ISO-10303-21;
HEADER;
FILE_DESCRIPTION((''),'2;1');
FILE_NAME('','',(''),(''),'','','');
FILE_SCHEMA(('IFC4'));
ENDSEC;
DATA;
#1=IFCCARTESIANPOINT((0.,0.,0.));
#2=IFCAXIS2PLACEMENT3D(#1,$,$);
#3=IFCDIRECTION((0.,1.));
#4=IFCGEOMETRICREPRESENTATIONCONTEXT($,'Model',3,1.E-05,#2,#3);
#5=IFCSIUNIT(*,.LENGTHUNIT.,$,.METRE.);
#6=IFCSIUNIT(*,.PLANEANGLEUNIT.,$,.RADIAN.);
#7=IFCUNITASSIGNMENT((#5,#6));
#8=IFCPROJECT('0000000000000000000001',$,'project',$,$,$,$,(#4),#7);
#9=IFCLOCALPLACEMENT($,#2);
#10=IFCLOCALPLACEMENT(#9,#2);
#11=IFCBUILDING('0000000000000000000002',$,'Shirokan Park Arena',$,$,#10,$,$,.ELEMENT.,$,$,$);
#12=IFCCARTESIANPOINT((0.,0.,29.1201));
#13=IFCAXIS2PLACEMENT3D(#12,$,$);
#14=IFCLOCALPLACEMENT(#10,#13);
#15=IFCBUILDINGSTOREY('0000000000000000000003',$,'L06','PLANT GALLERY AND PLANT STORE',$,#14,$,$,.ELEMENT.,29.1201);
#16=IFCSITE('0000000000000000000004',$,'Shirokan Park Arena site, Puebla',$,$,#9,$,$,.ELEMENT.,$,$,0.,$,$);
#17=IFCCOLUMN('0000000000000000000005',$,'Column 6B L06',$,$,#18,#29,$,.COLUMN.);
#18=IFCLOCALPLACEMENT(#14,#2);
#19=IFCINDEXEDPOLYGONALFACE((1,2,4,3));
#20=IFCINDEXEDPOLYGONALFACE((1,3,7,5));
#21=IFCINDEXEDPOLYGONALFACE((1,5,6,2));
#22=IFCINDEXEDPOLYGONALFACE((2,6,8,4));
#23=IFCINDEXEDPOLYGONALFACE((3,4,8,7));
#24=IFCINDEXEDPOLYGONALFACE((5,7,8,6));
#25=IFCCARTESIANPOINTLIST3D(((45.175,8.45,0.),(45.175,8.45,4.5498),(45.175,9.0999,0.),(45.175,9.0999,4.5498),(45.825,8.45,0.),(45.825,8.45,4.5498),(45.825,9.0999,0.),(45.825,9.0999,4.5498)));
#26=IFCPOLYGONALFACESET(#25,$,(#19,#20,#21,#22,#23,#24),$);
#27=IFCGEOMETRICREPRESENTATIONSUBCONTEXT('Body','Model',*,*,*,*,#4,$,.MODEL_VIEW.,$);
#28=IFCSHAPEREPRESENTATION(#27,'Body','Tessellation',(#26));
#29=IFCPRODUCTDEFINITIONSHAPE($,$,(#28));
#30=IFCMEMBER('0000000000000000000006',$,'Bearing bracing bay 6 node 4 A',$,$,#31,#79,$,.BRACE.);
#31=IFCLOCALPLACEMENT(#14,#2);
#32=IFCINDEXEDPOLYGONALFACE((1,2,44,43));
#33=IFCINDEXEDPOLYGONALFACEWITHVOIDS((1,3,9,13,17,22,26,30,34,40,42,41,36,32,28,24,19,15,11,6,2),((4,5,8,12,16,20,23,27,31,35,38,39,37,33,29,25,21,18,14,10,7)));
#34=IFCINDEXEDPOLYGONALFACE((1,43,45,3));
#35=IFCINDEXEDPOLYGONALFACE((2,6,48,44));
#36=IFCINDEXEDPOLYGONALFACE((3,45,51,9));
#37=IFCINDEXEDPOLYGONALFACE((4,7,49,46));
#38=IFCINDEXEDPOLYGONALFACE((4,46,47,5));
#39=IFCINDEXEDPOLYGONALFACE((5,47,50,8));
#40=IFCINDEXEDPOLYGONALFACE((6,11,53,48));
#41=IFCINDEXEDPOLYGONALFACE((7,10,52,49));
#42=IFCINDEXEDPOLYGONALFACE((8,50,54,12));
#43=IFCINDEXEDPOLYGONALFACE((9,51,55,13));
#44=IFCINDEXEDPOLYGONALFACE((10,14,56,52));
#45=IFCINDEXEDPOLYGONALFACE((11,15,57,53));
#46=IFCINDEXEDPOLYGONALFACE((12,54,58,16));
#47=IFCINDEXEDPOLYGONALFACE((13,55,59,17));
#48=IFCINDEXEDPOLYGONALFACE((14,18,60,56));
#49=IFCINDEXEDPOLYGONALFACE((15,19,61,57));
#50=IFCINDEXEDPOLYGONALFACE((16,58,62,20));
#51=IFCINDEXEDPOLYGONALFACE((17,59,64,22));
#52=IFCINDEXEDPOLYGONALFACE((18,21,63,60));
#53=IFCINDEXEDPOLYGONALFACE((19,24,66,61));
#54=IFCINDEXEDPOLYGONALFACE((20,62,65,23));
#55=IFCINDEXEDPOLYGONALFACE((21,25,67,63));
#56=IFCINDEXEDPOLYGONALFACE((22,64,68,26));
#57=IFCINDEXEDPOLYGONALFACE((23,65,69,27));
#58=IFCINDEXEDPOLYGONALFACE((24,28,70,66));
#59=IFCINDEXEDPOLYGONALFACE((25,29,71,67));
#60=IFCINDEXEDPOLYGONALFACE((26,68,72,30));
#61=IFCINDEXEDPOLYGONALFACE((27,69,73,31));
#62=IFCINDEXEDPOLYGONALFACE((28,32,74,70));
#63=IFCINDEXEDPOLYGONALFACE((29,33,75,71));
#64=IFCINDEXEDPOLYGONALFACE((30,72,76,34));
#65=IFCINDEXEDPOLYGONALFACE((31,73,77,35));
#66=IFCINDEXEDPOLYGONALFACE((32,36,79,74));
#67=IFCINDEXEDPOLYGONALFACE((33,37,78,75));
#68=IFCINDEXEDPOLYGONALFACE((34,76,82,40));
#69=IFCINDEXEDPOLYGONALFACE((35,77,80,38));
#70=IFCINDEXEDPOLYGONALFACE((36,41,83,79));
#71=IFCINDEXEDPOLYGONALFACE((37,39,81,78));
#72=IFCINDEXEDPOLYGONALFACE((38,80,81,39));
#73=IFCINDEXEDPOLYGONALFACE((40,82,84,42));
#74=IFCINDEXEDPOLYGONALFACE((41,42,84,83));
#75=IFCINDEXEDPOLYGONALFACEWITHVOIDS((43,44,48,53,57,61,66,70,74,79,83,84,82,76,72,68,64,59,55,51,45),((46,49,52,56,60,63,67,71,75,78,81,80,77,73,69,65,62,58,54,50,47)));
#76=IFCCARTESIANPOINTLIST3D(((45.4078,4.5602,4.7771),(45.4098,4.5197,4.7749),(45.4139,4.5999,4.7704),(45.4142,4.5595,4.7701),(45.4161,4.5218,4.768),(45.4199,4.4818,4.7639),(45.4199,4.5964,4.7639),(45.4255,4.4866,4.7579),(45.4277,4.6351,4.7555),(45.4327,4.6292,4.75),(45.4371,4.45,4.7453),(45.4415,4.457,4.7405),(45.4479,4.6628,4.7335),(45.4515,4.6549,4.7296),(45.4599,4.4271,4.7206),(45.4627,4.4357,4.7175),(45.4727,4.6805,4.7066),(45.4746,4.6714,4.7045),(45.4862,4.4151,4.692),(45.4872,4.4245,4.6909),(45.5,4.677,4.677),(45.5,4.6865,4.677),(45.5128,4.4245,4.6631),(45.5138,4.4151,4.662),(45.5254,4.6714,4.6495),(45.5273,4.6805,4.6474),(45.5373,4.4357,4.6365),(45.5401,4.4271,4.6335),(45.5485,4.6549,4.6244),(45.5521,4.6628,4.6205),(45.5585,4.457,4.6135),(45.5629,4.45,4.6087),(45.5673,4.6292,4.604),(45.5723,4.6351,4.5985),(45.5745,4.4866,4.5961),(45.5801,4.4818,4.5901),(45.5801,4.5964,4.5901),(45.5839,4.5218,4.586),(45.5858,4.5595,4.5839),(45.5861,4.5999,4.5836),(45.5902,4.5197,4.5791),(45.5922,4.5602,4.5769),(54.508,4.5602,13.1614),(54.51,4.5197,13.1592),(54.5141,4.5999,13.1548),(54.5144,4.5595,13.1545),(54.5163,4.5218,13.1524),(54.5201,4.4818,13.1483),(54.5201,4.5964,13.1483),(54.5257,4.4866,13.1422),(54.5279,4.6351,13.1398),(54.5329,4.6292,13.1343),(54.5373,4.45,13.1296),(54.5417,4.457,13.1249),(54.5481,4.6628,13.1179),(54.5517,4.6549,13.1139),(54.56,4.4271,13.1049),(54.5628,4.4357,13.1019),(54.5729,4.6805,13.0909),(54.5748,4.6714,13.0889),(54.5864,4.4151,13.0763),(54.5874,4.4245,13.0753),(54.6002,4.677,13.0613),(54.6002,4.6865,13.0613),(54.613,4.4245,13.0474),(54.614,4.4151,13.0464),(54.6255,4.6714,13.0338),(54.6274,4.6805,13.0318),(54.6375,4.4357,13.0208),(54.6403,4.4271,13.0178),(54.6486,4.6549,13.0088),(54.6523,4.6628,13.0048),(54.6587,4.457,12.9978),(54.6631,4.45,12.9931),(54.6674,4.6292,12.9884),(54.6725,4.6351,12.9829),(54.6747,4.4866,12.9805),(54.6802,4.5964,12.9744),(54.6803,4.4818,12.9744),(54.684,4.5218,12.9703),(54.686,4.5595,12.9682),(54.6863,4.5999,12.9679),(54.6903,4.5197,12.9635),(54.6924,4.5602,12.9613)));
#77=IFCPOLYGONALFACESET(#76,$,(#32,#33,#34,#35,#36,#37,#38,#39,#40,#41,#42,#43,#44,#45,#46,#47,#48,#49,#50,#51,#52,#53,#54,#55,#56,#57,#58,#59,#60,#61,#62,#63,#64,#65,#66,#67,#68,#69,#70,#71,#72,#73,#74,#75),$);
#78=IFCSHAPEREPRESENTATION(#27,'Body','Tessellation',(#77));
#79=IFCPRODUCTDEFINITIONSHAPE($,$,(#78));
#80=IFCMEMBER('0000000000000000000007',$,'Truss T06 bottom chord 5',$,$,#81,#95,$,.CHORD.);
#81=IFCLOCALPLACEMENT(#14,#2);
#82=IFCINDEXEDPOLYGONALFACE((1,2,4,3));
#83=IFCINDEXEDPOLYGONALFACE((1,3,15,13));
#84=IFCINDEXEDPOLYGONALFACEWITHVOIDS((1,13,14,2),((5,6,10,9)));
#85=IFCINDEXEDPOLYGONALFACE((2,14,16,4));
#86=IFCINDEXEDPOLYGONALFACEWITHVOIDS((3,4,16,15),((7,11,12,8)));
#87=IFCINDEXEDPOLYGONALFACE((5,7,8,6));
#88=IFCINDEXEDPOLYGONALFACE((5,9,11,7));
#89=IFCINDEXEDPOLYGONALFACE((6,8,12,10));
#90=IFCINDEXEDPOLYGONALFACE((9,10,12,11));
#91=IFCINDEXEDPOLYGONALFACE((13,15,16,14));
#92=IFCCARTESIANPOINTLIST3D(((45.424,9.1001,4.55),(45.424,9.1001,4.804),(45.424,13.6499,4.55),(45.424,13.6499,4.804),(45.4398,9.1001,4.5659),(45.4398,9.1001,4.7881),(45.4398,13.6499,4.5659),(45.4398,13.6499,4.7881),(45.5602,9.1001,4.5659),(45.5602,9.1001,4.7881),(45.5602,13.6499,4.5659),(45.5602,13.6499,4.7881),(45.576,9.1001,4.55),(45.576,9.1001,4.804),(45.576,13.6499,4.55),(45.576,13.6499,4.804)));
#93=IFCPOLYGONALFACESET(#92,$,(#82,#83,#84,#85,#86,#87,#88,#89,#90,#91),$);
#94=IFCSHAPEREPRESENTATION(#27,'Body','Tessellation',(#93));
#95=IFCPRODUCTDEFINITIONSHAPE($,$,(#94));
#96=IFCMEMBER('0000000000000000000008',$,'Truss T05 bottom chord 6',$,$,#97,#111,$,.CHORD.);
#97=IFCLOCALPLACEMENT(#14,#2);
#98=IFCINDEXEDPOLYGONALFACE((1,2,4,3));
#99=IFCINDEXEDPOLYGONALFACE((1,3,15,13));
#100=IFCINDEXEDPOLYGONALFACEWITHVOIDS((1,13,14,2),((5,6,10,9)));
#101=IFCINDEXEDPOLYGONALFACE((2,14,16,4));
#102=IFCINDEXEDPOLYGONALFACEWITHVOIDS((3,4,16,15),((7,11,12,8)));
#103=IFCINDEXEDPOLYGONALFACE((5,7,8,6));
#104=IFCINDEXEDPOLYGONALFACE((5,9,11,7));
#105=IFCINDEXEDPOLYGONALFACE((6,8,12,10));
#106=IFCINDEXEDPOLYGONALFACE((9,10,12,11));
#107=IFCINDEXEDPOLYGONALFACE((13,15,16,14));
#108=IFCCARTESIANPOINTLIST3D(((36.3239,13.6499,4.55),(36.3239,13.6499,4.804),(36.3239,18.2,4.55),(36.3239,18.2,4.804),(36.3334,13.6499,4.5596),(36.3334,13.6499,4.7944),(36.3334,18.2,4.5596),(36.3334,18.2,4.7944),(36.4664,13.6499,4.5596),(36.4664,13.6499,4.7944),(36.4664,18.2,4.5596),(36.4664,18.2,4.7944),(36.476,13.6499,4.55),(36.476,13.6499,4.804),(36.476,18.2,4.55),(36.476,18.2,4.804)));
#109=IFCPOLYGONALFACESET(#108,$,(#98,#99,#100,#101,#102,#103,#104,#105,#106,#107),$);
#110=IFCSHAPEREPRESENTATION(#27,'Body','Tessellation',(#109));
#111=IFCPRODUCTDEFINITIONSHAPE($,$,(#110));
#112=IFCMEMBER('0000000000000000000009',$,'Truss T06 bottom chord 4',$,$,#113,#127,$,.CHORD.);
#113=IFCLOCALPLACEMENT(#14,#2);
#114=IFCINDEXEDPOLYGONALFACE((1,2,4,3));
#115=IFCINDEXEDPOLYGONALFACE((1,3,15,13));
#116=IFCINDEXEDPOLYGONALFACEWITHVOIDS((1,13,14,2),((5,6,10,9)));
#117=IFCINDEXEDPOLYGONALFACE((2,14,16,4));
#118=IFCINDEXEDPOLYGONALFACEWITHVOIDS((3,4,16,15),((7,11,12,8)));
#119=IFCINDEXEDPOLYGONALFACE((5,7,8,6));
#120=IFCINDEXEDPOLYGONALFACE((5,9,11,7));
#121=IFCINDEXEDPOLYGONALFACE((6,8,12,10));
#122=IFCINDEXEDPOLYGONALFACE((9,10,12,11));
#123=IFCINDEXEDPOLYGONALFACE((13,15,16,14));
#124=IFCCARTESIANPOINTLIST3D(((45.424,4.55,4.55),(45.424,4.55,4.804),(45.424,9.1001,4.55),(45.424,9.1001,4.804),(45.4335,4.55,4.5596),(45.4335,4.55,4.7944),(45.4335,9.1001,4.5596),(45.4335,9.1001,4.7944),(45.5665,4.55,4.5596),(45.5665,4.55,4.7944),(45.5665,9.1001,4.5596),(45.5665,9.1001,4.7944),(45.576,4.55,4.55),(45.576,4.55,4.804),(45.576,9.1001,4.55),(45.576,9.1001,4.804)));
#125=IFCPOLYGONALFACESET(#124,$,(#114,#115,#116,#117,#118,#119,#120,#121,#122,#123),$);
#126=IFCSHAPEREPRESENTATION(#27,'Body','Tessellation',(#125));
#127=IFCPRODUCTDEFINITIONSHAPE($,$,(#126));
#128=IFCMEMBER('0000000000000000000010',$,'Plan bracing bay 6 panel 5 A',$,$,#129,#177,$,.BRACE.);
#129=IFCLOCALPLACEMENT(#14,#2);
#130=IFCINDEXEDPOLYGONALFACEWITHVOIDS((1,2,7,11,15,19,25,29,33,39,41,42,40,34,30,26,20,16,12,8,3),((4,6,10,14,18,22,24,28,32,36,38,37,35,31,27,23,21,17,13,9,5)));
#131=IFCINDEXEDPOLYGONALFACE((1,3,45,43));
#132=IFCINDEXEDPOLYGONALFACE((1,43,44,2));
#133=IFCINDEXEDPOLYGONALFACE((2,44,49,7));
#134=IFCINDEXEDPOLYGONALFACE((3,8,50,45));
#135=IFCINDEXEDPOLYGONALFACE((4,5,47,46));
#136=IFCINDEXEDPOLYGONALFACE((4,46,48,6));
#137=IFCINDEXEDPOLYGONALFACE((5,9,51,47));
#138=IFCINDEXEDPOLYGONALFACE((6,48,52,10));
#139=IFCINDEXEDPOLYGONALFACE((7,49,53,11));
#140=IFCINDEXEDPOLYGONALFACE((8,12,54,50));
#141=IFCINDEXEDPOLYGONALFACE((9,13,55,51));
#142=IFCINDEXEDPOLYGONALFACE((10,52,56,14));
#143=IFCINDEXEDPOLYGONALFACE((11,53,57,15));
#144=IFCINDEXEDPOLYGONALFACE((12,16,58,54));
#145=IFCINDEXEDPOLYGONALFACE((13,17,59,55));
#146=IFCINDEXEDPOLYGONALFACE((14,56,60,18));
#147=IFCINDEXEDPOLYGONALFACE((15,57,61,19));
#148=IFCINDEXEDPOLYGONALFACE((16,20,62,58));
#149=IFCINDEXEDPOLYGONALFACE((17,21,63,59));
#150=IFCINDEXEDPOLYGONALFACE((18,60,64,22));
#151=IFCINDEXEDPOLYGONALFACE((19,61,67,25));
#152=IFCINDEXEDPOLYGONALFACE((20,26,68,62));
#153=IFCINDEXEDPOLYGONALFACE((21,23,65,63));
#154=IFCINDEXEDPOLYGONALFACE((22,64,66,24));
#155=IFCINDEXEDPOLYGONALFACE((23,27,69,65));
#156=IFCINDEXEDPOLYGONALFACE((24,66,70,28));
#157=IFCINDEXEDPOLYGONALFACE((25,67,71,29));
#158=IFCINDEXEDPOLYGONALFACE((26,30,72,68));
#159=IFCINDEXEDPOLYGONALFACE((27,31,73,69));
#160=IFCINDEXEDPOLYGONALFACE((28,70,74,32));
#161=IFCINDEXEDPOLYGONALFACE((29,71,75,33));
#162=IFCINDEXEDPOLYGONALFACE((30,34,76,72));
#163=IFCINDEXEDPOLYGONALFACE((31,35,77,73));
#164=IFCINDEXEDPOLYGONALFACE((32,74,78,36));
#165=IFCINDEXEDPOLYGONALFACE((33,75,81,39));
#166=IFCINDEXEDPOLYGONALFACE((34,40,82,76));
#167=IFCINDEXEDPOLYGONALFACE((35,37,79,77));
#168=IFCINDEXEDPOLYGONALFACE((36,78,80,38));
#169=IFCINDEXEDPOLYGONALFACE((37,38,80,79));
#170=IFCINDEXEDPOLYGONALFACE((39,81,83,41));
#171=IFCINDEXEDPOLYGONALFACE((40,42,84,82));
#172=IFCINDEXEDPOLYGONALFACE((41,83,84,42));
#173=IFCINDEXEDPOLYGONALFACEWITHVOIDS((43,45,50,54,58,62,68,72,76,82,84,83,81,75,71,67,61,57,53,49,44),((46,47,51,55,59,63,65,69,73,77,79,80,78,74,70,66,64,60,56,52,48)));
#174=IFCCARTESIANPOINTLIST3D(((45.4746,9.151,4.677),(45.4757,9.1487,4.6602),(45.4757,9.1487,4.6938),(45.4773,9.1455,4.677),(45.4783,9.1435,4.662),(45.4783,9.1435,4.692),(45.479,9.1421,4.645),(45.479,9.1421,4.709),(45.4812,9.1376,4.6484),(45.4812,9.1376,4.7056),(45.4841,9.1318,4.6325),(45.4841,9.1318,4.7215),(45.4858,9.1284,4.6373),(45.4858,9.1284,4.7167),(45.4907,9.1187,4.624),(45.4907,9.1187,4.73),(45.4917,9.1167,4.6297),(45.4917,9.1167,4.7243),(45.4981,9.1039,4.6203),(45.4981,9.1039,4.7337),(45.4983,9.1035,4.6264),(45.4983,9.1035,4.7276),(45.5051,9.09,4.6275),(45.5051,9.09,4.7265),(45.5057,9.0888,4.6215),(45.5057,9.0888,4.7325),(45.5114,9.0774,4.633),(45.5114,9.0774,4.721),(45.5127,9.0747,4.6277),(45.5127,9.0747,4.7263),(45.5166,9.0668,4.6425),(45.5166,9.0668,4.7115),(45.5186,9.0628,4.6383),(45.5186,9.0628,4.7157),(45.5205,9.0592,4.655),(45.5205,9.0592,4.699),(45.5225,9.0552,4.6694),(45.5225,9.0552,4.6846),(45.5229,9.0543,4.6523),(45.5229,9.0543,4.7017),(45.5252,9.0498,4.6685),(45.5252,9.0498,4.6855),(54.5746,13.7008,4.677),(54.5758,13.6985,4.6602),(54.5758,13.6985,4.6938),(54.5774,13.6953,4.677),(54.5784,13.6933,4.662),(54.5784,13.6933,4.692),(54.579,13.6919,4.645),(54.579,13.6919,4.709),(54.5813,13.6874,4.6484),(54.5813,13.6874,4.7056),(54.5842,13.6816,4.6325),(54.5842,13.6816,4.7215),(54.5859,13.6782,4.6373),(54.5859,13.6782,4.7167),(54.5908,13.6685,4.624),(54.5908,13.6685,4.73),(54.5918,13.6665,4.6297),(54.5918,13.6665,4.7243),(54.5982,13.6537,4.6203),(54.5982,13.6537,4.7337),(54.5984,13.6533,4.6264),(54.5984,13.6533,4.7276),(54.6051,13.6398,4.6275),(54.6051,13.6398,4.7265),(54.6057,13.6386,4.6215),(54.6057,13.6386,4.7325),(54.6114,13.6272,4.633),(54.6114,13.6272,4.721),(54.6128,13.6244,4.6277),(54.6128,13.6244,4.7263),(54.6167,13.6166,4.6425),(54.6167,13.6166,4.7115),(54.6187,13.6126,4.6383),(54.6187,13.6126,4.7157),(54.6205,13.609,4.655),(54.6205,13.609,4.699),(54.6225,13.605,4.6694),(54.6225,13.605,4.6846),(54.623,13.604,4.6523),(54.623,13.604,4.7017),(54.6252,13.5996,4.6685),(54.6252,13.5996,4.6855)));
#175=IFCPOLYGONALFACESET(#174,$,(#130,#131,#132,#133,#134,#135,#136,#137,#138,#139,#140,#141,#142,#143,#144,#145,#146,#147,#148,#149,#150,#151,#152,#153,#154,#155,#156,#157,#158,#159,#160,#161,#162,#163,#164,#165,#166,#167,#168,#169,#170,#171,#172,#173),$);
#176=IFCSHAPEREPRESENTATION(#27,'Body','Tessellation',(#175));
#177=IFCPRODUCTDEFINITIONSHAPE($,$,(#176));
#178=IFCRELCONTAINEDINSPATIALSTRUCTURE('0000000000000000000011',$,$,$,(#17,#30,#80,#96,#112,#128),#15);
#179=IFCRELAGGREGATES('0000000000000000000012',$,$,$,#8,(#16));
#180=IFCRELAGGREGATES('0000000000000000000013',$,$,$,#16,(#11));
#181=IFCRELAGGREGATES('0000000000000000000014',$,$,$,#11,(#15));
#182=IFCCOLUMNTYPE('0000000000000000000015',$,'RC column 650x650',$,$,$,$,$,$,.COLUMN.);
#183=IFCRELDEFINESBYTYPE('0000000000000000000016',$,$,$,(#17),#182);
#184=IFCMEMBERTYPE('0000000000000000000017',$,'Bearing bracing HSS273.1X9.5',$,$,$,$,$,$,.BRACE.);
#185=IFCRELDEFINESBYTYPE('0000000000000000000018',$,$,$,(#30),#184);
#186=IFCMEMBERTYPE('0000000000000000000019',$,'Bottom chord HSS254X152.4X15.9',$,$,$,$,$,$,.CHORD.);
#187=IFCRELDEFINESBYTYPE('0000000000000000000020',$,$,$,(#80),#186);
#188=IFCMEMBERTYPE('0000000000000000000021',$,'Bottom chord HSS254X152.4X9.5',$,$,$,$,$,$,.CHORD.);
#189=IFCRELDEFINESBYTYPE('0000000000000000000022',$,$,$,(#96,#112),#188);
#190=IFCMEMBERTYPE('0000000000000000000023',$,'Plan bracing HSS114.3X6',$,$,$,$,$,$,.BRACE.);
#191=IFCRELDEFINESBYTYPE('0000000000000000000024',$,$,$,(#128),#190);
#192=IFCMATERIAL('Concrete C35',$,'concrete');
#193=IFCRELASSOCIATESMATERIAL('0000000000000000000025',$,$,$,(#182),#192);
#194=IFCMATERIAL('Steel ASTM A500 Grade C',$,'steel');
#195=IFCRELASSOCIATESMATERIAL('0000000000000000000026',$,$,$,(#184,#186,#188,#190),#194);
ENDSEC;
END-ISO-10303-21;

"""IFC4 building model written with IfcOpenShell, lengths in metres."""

from ifc_helpers import new_model, si_unit, direction, frame, origin, origin_2d, place, context, subcontext, project, spatial, rectangle, hollow_rectangle, hollow_circle, extrude, material, material_profile, profile_set, type_object, element, save


model = new_model("IFC4")

# Units and contexts
model_context = context("Model", 3, precision=1e-05, world=origin(), true_north=direction((0.0, 1.0)))
body_context = subcontext(model_context, "Body", "Model", "MODEL_VIEW")
ifc_project = project(units=[si_unit("LENGTHUNIT", "METRE"), si_unit("PLANEANGLEUNIT", "RADIAN")], contexts=[model_context])

# Site, building, storey
site_placement = place(None, origin())
site = spatial("IfcSite", under=ifc_project, at=site_placement, Name="Shirokan Park Arena site, Puebla", CompositionType="ELEMENT", RefElevation=0.0)
building_placement = place(site_placement, origin())
building = spatial("IfcBuilding", under=site, at=building_placement, Name="Shirokan Park Arena", CompositionType="ELEMENT")
storey_placement = place(building_placement, frame((0.0, 0.0, 29.1201)))
storey = spatial("IfcBuildingStorey", under=building, at=storey_placement, Name="L06", Description="PLANT GALLERY AND PLANT STORE", CompositionType="ELEMENT", Elevation=29.1201)

# Column
ifc_material_1 = material(Name="Concrete C35", Category="concrete")
ifc_material_profile_1 = material_profile(ifc_material_1, rectangle(XDim=0.6499, YDim=0.6499, at=origin_2d()), Name="650x650")
ifc_profile_set_1 = profile_set([ifc_material_profile_1], Name="Concrete C35")
column_type = type_object("IfcColumnType", Name="RC column 650x650", PredefinedType="COLUMN", material=ifc_profile_set_1)
column_placement = place(storey_placement, frame((45.5, 8.7749, 0.0), z_axis=(0.0, 0.0, 1.0), x_axis=(1.0, 0.0, 0.0)))
element("IfcColumn", 1, at=column_placement, inside=storey, type_object=column_type, Name="Column 6B L06", PredefinedType="COLUMN", context=body_context, shape_type="SweptSolid", body=[
    extrude(rectangle(XDim=0.6499, YDim=0.6499, at=origin_2d()), origin(), (0.0, 0.0, 1.0), 4.5498),
])

# Members
ifc_material_2 = material(Name="Steel ASTM A500 Grade C", Category="steel")
ifc_material_profile_2 = material_profile(ifc_material_2, hollow_circle(Radius=0.1365, WallThickness=0.0095, at=origin_2d()), Name="HSS273.1X9.5")
ifc_profile_set_2 = profile_set([ifc_material_profile_2], Name="Steel ASTM A500 Grade C")
member_type_1 = type_object("IfcMemberType", Name="Bearing bracing HSS273.1X9.5", PredefinedType="BRACE", material=ifc_profile_set_2)
member_1_placement = place(storey_placement, frame((45.5, 4.55, 4.677), z_axis=(0.73544, 0.0, 0.67759), x_axis=(0.0, 1.0, 0.0)))
element("IfcMember", 2, at=member_1_placement, inside=storey, type_object=member_type_1, Name="Bearing bracing bay 6 node 4 A", PredefinedType="BRACE", context=body_context, shape_type="SweptSolid", body=[
    extrude(hollow_circle(Radius=0.1365, WallThickness=0.0095, at=origin_2d()), origin(), (0.0, 0.0, 1.0), 12.3738),
])
ifc_material_profile_3 = material_profile(ifc_material_2, hollow_rectangle(XDim=0.1521, YDim=0.2539, WallThickness=0.0159, at=origin_2d()), Name="HSS254X152.4X15.9")
ifc_profile_set_3 = profile_set([ifc_material_profile_3], Name="Steel ASTM A500 Grade C")
member_type_2 = type_object("IfcMemberType", Name="Bottom chord HSS254X152.4X15.9", PredefinedType="CHORD", material=ifc_profile_set_3)
member_2_placement = place(storey_placement, frame((45.5, 9.1001, 4.677), z_axis=(0.0, 1.0, 0.0), x_axis=(-1.0, 0.0, 0.0)))
element("IfcMember", 3, at=member_2_placement, inside=storey, type_object=member_type_2, Name="Truss T06 bottom chord 5", PredefinedType="CHORD", context=body_context, shape_type="SweptSolid", body=[
    extrude(hollow_rectangle(XDim=0.1521, YDim=0.2539, WallThickness=0.0159, at=origin_2d()), origin(), (0.0, 0.0, 1.0), 4.5498),
])
ifc_material_profile_4 = material_profile(ifc_material_2, hollow_rectangle(XDim=0.1521, YDim=0.2539, WallThickness=0.0095, at=origin_2d()), Name="HSS254X152.4X9.5")
ifc_profile_set_4 = profile_set([ifc_material_profile_4], Name="Steel ASTM A500 Grade C")
member_type_3 = type_object("IfcMemberType", Name="Bottom chord HSS254X152.4X9.5", PredefinedType="CHORD", material=ifc_profile_set_4)
for number, where, z_axis, x_axis, name in (
    (4, (36.3999, 13.6499, 4.677), (0.0, 1.0, 0.0), (-1.0, 0.0, 0.0), "Truss T05 bottom chord 6"),
    (5, (45.5, 4.55, 4.677), (0.0, 1.0, 0.0), (-1.0, 0.0, 0.0), "Truss T06 bottom chord 4"),
):
    element("IfcMember", number, at=place(storey_placement, frame(where, z_axis=z_axis, x_axis=x_axis)), inside=storey, type_object=member_type_3, Name=name, PredefinedType="CHORD", context=body_context, shape_type="SweptSolid", body=[
        extrude(hollow_rectangle(XDim=0.1521, YDim=0.2539, WallThickness=0.0095, at=origin_2d()), origin(), (0.0, 0.0, 1.0), 4.55),
    ])
ifc_material_profile_5 = material_profile(ifc_material_2, hollow_circle(Radius=0.0569, WallThickness=0.0061, at=origin_2d()), Name="HSS114.3X6")
ifc_profile_set_5 = profile_set([ifc_material_profile_5], Name="Steel ASTM A500 Grade C")
member_type_4 = type_object("IfcMemberType", Name="Plan bracing HSS114.3X6", PredefinedType="BRACE", material=ifc_profile_set_5)
member_3_placement = place(storey_placement, frame((45.5, 9.1001, 4.677), z_axis=(0.894437, 0.447194, 0.0), x_axis=(-0.447194, 0.894437, 0.0)))
element("IfcMember", 6, at=member_3_placement, inside=storey, type_object=member_type_4, Name="Plan bracing bay 6 panel 5 A", PredefinedType="BRACE", context=body_context, shape_type="SweptSolid", body=[
    extrude(hollow_circle(Radius=0.0569, WallThickness=0.0061, at=origin_2d()), origin(), (0.0, 0.0, 1.0), 10.1741),
])

save(model, "model.ifc")
